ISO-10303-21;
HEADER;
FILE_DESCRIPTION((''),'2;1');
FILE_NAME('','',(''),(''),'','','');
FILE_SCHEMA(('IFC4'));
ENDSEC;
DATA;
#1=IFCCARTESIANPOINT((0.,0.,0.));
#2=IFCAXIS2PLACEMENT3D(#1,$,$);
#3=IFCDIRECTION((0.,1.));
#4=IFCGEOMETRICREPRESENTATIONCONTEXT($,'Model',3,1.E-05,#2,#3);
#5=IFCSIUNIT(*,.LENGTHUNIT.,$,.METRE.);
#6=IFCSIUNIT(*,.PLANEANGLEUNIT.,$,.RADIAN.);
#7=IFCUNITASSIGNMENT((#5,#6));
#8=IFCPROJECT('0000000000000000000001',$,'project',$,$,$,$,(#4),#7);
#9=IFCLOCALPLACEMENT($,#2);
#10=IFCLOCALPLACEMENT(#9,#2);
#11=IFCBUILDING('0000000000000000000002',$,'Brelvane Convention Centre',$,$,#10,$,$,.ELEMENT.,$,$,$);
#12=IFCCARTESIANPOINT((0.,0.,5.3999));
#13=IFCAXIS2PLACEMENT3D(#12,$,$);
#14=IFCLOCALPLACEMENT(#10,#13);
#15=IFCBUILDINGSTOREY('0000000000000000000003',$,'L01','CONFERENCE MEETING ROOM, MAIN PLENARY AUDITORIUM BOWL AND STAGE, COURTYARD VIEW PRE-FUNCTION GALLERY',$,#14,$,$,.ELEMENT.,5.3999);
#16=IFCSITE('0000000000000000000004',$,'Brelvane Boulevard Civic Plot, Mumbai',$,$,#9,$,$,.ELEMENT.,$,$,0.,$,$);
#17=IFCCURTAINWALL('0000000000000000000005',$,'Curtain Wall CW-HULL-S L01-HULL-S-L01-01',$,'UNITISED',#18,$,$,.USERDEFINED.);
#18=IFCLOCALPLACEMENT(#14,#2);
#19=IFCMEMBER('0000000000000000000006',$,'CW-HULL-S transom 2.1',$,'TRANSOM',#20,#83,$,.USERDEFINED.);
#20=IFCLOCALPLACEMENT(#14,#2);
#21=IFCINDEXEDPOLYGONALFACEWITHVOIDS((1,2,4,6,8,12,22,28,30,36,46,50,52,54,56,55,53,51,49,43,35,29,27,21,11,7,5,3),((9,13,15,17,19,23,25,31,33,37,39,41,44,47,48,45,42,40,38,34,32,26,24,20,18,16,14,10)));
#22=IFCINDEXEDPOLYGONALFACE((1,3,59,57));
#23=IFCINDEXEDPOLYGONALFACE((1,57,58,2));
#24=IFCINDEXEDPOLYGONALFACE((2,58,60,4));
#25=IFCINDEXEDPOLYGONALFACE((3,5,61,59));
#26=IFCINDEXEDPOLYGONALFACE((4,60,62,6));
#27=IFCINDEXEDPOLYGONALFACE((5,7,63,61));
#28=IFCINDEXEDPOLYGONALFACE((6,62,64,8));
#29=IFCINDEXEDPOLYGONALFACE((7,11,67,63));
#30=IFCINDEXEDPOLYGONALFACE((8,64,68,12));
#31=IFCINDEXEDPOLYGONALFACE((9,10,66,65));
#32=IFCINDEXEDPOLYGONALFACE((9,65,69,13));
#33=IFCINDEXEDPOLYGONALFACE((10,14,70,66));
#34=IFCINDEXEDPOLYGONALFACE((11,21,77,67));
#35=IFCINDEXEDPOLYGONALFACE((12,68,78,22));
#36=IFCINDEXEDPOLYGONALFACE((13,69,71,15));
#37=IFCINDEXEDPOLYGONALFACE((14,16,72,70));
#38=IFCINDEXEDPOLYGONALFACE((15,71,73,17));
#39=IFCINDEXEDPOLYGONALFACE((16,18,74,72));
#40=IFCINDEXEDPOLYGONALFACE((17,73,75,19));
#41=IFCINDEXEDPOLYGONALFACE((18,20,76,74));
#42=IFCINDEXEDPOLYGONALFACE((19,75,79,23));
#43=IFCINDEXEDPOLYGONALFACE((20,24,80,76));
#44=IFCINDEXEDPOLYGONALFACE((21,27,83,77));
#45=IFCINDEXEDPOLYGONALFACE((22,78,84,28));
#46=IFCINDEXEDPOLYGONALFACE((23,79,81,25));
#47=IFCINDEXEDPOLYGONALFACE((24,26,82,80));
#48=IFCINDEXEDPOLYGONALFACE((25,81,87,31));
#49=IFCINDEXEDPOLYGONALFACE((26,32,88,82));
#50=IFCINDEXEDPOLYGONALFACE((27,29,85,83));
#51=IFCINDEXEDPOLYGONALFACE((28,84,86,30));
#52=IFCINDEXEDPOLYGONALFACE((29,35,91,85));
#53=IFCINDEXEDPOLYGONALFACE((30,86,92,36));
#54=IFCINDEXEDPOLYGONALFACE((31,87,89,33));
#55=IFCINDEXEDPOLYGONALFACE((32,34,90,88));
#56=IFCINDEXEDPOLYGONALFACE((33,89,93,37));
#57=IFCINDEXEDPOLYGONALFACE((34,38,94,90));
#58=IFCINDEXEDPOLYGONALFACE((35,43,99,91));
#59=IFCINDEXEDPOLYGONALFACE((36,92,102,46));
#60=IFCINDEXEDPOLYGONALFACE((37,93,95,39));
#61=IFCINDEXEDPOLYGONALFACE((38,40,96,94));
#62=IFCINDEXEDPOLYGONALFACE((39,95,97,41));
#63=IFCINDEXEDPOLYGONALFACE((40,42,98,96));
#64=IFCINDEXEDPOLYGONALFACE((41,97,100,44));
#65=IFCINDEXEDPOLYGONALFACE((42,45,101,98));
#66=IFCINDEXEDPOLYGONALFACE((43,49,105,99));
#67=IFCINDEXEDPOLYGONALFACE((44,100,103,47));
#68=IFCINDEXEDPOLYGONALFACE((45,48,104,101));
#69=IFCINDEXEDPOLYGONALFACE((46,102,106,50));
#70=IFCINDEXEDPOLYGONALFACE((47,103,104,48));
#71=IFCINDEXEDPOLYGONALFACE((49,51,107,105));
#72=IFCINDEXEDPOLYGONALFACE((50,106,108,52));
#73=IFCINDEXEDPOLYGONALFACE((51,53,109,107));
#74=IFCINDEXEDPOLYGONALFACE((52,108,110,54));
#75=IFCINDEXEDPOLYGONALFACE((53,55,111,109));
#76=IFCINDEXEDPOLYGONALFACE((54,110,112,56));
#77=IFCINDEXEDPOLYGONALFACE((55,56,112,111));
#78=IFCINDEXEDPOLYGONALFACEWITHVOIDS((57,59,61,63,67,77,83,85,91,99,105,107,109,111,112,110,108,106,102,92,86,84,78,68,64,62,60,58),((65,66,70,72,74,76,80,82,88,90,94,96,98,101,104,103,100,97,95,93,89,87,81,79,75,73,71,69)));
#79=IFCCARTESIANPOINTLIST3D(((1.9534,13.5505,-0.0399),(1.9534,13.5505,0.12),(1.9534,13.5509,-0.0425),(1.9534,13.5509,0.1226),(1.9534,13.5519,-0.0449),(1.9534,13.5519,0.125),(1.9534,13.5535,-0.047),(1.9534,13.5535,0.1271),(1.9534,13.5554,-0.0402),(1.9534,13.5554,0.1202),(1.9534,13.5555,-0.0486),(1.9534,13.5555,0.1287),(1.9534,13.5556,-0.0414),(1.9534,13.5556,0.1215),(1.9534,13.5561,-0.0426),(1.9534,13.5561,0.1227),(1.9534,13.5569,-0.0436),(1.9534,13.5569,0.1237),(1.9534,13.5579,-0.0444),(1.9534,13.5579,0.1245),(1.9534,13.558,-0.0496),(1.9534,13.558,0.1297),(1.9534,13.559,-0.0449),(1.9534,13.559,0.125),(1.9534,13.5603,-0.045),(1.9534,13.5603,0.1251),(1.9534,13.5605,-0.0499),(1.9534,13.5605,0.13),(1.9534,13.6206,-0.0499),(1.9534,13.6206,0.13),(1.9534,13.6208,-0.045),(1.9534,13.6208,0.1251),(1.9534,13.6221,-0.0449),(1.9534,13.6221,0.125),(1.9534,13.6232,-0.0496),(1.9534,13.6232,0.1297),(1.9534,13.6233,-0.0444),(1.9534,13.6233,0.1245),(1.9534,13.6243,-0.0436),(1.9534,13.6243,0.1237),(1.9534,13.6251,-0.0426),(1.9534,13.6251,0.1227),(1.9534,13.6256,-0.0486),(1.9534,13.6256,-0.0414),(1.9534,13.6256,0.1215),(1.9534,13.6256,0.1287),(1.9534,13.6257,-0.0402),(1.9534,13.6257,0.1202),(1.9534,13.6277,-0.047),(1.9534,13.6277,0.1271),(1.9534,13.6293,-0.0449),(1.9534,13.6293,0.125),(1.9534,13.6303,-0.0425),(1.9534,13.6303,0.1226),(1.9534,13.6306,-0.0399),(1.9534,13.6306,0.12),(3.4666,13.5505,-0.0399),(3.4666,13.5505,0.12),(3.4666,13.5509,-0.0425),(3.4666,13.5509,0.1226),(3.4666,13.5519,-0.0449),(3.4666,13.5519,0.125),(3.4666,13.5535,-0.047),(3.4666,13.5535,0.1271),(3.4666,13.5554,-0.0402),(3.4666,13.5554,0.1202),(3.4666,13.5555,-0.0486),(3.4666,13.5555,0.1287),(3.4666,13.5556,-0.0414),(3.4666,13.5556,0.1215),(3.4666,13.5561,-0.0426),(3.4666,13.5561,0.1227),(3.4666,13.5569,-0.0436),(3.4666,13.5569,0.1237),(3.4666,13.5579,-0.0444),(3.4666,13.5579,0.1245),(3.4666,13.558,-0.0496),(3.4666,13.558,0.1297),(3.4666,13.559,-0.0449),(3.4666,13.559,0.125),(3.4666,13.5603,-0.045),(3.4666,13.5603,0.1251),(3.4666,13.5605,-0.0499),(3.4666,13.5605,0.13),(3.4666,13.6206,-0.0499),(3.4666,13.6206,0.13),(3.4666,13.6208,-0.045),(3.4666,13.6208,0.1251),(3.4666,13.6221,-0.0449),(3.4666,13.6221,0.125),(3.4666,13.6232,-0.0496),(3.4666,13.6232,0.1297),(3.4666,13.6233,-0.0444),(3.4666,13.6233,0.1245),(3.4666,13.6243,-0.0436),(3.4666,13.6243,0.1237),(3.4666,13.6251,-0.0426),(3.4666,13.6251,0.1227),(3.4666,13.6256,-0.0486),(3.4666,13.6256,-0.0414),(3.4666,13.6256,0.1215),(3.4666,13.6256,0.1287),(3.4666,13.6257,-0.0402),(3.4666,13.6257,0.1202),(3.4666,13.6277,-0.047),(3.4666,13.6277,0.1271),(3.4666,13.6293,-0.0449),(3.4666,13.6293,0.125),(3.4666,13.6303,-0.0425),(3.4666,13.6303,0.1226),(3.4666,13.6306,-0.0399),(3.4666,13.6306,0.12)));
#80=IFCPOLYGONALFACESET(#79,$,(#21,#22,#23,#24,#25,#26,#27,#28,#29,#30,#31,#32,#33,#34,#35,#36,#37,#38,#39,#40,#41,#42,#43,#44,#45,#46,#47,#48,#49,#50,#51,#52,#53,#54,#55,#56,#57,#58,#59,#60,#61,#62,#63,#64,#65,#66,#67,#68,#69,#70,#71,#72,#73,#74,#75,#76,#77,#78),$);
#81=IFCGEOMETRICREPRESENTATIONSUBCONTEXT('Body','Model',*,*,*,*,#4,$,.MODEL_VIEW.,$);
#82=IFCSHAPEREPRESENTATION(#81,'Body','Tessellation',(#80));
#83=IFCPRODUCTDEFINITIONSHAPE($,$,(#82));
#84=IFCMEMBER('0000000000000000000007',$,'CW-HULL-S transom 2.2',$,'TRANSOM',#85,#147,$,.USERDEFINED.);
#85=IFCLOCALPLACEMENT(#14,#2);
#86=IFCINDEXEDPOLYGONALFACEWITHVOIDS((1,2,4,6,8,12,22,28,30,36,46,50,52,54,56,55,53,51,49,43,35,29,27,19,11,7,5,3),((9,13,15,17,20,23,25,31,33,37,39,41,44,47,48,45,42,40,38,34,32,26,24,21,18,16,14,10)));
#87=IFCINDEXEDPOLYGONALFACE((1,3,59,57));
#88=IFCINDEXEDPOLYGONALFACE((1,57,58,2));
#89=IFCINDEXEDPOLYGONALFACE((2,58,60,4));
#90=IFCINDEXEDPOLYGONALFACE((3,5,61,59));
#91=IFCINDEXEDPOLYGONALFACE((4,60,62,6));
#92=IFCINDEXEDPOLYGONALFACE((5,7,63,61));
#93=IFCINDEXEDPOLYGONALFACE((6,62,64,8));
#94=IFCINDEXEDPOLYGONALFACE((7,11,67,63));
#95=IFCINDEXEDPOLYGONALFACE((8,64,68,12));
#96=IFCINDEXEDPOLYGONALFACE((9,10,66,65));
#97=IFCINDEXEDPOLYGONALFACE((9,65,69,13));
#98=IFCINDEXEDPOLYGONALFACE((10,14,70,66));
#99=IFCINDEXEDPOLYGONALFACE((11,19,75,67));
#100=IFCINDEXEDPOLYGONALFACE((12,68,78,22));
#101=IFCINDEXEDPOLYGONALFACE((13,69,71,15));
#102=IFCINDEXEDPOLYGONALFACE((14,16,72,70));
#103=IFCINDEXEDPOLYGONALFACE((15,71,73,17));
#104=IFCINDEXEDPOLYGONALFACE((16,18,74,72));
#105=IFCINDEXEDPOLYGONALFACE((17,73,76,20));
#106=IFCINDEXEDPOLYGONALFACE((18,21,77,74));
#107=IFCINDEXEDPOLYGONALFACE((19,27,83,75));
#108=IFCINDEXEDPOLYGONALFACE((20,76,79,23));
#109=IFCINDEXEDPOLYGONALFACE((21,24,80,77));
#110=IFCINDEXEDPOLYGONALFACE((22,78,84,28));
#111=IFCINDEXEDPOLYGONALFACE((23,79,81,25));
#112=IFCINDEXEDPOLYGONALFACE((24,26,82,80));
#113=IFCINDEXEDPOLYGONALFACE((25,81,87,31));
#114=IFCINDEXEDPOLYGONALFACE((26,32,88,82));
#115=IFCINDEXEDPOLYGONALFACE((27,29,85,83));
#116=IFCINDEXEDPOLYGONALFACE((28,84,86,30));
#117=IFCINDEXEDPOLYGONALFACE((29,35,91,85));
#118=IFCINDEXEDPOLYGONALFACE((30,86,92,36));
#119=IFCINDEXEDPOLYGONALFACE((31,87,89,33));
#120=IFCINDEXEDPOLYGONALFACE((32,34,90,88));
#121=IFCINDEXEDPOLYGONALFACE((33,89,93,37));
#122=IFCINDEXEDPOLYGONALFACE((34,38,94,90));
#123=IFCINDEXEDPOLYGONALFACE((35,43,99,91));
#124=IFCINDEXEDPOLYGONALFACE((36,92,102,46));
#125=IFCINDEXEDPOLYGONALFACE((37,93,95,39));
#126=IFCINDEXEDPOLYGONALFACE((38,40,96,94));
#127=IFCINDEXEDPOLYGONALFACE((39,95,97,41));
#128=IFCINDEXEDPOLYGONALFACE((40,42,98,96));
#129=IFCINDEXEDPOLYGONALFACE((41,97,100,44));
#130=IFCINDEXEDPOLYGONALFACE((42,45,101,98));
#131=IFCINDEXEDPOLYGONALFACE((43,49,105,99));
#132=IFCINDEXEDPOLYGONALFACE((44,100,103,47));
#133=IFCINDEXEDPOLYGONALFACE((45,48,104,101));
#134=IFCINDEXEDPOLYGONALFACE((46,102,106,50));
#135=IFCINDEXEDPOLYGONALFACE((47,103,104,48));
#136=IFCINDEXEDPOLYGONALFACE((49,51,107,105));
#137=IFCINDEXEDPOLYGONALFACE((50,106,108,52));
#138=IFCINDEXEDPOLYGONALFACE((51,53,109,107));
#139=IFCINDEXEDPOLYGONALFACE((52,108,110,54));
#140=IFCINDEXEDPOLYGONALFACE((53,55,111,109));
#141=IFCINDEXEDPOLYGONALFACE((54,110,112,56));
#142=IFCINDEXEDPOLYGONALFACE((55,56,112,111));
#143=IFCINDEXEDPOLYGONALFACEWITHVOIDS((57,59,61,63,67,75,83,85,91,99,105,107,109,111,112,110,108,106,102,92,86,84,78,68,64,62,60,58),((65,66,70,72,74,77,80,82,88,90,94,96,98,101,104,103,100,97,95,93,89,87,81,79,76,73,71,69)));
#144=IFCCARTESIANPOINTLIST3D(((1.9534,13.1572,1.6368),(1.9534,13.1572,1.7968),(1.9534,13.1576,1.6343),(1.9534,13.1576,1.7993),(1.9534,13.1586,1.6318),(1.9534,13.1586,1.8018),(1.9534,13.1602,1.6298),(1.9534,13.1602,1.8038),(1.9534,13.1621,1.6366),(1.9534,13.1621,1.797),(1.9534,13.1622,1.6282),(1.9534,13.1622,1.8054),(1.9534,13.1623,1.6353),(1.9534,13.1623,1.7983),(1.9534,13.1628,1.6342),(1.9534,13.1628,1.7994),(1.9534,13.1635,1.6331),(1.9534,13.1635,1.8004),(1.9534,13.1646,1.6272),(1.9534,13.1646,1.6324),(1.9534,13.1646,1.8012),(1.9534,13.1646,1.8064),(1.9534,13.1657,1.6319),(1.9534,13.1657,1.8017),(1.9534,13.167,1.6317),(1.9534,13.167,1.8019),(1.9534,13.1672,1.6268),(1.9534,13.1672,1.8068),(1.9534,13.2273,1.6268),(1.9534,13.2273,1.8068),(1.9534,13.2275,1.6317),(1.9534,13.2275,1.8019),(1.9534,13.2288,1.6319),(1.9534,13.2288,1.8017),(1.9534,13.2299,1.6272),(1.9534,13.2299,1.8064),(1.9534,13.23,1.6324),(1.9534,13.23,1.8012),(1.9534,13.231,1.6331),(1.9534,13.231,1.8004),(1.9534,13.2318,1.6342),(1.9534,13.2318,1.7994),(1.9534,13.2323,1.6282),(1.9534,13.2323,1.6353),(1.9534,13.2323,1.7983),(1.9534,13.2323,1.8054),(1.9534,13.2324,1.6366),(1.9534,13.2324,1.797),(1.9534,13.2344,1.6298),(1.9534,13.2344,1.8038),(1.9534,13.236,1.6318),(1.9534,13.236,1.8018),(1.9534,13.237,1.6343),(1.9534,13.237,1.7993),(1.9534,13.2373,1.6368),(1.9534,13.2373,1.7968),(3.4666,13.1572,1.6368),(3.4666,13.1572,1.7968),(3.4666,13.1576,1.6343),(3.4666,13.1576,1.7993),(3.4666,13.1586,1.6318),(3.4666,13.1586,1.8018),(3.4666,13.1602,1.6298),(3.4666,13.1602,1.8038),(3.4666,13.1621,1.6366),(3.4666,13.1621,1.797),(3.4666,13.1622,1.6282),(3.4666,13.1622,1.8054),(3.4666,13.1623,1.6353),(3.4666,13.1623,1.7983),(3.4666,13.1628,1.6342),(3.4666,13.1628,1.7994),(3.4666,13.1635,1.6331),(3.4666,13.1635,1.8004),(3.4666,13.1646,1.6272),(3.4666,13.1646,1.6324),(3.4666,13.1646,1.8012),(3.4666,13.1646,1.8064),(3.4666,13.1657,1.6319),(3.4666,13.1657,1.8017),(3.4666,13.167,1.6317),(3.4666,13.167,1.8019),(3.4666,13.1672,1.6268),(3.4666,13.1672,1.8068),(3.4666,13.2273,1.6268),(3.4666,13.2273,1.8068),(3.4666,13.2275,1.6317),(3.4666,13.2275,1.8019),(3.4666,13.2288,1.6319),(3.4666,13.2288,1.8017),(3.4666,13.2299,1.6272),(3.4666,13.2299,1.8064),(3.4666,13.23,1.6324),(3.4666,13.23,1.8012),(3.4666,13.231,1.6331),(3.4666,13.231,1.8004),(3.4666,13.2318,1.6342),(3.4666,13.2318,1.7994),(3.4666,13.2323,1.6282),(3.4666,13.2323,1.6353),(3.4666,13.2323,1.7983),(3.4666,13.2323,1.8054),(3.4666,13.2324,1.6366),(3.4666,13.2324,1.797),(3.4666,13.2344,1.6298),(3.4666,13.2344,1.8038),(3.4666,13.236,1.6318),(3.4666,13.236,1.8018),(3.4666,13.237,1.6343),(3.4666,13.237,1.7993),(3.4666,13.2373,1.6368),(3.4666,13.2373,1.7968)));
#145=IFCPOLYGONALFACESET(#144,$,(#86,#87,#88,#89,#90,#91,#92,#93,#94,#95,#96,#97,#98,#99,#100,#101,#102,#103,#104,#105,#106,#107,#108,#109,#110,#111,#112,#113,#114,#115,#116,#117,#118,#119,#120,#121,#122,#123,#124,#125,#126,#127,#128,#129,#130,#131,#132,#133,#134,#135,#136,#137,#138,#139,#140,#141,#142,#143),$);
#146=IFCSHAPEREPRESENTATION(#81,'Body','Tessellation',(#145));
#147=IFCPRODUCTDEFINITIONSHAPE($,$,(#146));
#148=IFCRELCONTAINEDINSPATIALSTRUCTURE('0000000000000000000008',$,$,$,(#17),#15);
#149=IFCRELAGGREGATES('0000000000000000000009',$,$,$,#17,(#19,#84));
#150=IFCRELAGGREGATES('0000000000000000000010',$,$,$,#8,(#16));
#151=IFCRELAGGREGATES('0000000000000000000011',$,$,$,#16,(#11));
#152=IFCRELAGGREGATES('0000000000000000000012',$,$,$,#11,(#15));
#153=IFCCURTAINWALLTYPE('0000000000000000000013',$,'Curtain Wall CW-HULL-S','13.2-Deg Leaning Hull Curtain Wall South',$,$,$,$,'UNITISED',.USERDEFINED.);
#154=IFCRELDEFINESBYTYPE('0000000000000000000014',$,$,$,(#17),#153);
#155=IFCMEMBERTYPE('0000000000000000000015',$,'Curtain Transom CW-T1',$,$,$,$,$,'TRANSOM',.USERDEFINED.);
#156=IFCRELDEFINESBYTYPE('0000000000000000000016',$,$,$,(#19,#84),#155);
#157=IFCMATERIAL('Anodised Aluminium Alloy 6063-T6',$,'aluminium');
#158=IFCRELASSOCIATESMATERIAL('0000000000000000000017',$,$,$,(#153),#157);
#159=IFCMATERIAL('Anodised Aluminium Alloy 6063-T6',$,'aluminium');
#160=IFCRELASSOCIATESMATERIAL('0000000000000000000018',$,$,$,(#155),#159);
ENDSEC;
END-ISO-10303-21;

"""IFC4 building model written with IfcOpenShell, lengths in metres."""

from ifc_helpers import new_model, si_unit, direction, frame, origin, origin_2d, place, context, subcontext, project, spatial, hollow_rectangle, extrude, material, material_profile, profile_set, type_object, element, aggregate, save


model = new_model("IFC4")

# Units and contexts
model_context = context("Model", 3, precision=1e-05, world=origin(), true_north=direction((0.0, 1.0)))
body_context = subcontext(model_context, "Body", "Model", "MODEL_VIEW")
ifc_project = project(units=[si_unit("LENGTHUNIT", "METRE"), si_unit("PLANEANGLEUNIT", "RADIAN")], contexts=[model_context])

# Site, building, storey
site_placement = place(None, origin())
site = spatial("IfcSite", under=ifc_project, at=site_placement, Name="Brelvane Boulevard Civic Plot, Mumbai", CompositionType="ELEMENT", RefElevation=0.0)
building_placement = place(site_placement, origin())
building = spatial("IfcBuilding", under=site, at=building_placement, Name="Brelvane Convention Centre", CompositionType="ELEMENT")
storey_placement = place(building_placement, frame((0.0, 0.0, 5.3999)))
storey = spatial("IfcBuildingStorey", under=building, at=storey_placement, Name="L01", Description="CONFERENCE MEETING ROOM, MAIN PLENARY AUDITORIUM BOWL AND STAGE, COURTYARD VIEW PRE-FUNCTION GALLERY", CompositionType="ELEMENT", Elevation=5.3999)

# Curtain wall
ifc_material_1 = material(Name="Anodised Aluminium Alloy 6063-T6", Category="aluminium")
curtain_wall_type = type_object("IfcCurtainWallType", Name="Curtain Wall CW-HULL-S", Description="13.2-Deg Leaning Hull Curtain Wall South", ElementType="UNITISED", PredefinedType="USERDEFINED", material=ifc_material_1)
curtain_wall_1_placement = place(storey_placement, origin())
curtain_wall_1 = element("IfcCurtainWall", 1, at=curtain_wall_1_placement, inside=storey, type_object=curtain_wall_type, Name="Curtain Wall CW-HULL-S L01-HULL-S-L01-01", ObjectType="UNITISED", PredefinedType="USERDEFINED")

# Members
ifc_material_2 = material(Name="Anodised Aluminium Alloy 6063-T6", Category="aluminium")
ifc_material_profile_1 = material_profile(ifc_material_2, hollow_rectangle(XDim=0.0801, YDim=0.1799, WallThickness=0.0049, InnerFilletRadius=0.0049, OuterFilletRadius=0.01, at=origin_2d()), Name="ALU-T 180x80x5.0")
ifc_profile_set_1 = profile_set([ifc_material_profile_1], Name="Anodised Aluminium Alloy 6063-T6")
member_type_1 = type_object("IfcMemberType", Name="Curtain Transom CW-T1", ElementType="TRANSOM", PredefinedType="USERDEFINED", material=ifc_profile_set_1)
member_1_placement = place(storey_placement, frame((1.9534, 13.5906, 0.04), z_axis=(1.0, 0.0, 0.0), x_axis=(0.0, 1.0, 0.0)))
member_1 = element("IfcMember", 2, at=member_1_placement, type_object=member_type_1, Name="CW-HULL-S transom 2.1", ObjectType="TRANSOM", PredefinedType="USERDEFINED", context=body_context, shape_type="SweptSolid", body=[
    extrude(hollow_rectangle(XDim=0.0801, YDim=0.1799, WallThickness=0.0049, InnerFilletRadius=0.0049, OuterFilletRadius=0.01, at=origin_2d()), origin(), (0.0, 0.0, 1.0), 1.5132),
])
member_2_placement = place(storey_placement, frame((1.9534, 13.1973, 1.7168), z_axis=(1.0, 0.0, 0.0), x_axis=(0.0, 1.0, 0.0)))
member_2 = element("IfcMember", 3, at=member_2_placement, type_object=member_type_1, Name="CW-HULL-S transom 2.2", ObjectType="TRANSOM", PredefinedType="USERDEFINED", context=body_context, shape_type="SweptSolid", body=[
    extrude(hollow_rectangle(XDim=0.0801, YDim=0.1799, WallThickness=0.0049, InnerFilletRadius=0.0049, OuterFilletRadius=0.01, at=origin_2d()), origin(), (0.0, 0.0, 1.0), 1.5132),
])

aggregate(curtain_wall_1, [member_1, member_2])

save(model, "model.ifc")
